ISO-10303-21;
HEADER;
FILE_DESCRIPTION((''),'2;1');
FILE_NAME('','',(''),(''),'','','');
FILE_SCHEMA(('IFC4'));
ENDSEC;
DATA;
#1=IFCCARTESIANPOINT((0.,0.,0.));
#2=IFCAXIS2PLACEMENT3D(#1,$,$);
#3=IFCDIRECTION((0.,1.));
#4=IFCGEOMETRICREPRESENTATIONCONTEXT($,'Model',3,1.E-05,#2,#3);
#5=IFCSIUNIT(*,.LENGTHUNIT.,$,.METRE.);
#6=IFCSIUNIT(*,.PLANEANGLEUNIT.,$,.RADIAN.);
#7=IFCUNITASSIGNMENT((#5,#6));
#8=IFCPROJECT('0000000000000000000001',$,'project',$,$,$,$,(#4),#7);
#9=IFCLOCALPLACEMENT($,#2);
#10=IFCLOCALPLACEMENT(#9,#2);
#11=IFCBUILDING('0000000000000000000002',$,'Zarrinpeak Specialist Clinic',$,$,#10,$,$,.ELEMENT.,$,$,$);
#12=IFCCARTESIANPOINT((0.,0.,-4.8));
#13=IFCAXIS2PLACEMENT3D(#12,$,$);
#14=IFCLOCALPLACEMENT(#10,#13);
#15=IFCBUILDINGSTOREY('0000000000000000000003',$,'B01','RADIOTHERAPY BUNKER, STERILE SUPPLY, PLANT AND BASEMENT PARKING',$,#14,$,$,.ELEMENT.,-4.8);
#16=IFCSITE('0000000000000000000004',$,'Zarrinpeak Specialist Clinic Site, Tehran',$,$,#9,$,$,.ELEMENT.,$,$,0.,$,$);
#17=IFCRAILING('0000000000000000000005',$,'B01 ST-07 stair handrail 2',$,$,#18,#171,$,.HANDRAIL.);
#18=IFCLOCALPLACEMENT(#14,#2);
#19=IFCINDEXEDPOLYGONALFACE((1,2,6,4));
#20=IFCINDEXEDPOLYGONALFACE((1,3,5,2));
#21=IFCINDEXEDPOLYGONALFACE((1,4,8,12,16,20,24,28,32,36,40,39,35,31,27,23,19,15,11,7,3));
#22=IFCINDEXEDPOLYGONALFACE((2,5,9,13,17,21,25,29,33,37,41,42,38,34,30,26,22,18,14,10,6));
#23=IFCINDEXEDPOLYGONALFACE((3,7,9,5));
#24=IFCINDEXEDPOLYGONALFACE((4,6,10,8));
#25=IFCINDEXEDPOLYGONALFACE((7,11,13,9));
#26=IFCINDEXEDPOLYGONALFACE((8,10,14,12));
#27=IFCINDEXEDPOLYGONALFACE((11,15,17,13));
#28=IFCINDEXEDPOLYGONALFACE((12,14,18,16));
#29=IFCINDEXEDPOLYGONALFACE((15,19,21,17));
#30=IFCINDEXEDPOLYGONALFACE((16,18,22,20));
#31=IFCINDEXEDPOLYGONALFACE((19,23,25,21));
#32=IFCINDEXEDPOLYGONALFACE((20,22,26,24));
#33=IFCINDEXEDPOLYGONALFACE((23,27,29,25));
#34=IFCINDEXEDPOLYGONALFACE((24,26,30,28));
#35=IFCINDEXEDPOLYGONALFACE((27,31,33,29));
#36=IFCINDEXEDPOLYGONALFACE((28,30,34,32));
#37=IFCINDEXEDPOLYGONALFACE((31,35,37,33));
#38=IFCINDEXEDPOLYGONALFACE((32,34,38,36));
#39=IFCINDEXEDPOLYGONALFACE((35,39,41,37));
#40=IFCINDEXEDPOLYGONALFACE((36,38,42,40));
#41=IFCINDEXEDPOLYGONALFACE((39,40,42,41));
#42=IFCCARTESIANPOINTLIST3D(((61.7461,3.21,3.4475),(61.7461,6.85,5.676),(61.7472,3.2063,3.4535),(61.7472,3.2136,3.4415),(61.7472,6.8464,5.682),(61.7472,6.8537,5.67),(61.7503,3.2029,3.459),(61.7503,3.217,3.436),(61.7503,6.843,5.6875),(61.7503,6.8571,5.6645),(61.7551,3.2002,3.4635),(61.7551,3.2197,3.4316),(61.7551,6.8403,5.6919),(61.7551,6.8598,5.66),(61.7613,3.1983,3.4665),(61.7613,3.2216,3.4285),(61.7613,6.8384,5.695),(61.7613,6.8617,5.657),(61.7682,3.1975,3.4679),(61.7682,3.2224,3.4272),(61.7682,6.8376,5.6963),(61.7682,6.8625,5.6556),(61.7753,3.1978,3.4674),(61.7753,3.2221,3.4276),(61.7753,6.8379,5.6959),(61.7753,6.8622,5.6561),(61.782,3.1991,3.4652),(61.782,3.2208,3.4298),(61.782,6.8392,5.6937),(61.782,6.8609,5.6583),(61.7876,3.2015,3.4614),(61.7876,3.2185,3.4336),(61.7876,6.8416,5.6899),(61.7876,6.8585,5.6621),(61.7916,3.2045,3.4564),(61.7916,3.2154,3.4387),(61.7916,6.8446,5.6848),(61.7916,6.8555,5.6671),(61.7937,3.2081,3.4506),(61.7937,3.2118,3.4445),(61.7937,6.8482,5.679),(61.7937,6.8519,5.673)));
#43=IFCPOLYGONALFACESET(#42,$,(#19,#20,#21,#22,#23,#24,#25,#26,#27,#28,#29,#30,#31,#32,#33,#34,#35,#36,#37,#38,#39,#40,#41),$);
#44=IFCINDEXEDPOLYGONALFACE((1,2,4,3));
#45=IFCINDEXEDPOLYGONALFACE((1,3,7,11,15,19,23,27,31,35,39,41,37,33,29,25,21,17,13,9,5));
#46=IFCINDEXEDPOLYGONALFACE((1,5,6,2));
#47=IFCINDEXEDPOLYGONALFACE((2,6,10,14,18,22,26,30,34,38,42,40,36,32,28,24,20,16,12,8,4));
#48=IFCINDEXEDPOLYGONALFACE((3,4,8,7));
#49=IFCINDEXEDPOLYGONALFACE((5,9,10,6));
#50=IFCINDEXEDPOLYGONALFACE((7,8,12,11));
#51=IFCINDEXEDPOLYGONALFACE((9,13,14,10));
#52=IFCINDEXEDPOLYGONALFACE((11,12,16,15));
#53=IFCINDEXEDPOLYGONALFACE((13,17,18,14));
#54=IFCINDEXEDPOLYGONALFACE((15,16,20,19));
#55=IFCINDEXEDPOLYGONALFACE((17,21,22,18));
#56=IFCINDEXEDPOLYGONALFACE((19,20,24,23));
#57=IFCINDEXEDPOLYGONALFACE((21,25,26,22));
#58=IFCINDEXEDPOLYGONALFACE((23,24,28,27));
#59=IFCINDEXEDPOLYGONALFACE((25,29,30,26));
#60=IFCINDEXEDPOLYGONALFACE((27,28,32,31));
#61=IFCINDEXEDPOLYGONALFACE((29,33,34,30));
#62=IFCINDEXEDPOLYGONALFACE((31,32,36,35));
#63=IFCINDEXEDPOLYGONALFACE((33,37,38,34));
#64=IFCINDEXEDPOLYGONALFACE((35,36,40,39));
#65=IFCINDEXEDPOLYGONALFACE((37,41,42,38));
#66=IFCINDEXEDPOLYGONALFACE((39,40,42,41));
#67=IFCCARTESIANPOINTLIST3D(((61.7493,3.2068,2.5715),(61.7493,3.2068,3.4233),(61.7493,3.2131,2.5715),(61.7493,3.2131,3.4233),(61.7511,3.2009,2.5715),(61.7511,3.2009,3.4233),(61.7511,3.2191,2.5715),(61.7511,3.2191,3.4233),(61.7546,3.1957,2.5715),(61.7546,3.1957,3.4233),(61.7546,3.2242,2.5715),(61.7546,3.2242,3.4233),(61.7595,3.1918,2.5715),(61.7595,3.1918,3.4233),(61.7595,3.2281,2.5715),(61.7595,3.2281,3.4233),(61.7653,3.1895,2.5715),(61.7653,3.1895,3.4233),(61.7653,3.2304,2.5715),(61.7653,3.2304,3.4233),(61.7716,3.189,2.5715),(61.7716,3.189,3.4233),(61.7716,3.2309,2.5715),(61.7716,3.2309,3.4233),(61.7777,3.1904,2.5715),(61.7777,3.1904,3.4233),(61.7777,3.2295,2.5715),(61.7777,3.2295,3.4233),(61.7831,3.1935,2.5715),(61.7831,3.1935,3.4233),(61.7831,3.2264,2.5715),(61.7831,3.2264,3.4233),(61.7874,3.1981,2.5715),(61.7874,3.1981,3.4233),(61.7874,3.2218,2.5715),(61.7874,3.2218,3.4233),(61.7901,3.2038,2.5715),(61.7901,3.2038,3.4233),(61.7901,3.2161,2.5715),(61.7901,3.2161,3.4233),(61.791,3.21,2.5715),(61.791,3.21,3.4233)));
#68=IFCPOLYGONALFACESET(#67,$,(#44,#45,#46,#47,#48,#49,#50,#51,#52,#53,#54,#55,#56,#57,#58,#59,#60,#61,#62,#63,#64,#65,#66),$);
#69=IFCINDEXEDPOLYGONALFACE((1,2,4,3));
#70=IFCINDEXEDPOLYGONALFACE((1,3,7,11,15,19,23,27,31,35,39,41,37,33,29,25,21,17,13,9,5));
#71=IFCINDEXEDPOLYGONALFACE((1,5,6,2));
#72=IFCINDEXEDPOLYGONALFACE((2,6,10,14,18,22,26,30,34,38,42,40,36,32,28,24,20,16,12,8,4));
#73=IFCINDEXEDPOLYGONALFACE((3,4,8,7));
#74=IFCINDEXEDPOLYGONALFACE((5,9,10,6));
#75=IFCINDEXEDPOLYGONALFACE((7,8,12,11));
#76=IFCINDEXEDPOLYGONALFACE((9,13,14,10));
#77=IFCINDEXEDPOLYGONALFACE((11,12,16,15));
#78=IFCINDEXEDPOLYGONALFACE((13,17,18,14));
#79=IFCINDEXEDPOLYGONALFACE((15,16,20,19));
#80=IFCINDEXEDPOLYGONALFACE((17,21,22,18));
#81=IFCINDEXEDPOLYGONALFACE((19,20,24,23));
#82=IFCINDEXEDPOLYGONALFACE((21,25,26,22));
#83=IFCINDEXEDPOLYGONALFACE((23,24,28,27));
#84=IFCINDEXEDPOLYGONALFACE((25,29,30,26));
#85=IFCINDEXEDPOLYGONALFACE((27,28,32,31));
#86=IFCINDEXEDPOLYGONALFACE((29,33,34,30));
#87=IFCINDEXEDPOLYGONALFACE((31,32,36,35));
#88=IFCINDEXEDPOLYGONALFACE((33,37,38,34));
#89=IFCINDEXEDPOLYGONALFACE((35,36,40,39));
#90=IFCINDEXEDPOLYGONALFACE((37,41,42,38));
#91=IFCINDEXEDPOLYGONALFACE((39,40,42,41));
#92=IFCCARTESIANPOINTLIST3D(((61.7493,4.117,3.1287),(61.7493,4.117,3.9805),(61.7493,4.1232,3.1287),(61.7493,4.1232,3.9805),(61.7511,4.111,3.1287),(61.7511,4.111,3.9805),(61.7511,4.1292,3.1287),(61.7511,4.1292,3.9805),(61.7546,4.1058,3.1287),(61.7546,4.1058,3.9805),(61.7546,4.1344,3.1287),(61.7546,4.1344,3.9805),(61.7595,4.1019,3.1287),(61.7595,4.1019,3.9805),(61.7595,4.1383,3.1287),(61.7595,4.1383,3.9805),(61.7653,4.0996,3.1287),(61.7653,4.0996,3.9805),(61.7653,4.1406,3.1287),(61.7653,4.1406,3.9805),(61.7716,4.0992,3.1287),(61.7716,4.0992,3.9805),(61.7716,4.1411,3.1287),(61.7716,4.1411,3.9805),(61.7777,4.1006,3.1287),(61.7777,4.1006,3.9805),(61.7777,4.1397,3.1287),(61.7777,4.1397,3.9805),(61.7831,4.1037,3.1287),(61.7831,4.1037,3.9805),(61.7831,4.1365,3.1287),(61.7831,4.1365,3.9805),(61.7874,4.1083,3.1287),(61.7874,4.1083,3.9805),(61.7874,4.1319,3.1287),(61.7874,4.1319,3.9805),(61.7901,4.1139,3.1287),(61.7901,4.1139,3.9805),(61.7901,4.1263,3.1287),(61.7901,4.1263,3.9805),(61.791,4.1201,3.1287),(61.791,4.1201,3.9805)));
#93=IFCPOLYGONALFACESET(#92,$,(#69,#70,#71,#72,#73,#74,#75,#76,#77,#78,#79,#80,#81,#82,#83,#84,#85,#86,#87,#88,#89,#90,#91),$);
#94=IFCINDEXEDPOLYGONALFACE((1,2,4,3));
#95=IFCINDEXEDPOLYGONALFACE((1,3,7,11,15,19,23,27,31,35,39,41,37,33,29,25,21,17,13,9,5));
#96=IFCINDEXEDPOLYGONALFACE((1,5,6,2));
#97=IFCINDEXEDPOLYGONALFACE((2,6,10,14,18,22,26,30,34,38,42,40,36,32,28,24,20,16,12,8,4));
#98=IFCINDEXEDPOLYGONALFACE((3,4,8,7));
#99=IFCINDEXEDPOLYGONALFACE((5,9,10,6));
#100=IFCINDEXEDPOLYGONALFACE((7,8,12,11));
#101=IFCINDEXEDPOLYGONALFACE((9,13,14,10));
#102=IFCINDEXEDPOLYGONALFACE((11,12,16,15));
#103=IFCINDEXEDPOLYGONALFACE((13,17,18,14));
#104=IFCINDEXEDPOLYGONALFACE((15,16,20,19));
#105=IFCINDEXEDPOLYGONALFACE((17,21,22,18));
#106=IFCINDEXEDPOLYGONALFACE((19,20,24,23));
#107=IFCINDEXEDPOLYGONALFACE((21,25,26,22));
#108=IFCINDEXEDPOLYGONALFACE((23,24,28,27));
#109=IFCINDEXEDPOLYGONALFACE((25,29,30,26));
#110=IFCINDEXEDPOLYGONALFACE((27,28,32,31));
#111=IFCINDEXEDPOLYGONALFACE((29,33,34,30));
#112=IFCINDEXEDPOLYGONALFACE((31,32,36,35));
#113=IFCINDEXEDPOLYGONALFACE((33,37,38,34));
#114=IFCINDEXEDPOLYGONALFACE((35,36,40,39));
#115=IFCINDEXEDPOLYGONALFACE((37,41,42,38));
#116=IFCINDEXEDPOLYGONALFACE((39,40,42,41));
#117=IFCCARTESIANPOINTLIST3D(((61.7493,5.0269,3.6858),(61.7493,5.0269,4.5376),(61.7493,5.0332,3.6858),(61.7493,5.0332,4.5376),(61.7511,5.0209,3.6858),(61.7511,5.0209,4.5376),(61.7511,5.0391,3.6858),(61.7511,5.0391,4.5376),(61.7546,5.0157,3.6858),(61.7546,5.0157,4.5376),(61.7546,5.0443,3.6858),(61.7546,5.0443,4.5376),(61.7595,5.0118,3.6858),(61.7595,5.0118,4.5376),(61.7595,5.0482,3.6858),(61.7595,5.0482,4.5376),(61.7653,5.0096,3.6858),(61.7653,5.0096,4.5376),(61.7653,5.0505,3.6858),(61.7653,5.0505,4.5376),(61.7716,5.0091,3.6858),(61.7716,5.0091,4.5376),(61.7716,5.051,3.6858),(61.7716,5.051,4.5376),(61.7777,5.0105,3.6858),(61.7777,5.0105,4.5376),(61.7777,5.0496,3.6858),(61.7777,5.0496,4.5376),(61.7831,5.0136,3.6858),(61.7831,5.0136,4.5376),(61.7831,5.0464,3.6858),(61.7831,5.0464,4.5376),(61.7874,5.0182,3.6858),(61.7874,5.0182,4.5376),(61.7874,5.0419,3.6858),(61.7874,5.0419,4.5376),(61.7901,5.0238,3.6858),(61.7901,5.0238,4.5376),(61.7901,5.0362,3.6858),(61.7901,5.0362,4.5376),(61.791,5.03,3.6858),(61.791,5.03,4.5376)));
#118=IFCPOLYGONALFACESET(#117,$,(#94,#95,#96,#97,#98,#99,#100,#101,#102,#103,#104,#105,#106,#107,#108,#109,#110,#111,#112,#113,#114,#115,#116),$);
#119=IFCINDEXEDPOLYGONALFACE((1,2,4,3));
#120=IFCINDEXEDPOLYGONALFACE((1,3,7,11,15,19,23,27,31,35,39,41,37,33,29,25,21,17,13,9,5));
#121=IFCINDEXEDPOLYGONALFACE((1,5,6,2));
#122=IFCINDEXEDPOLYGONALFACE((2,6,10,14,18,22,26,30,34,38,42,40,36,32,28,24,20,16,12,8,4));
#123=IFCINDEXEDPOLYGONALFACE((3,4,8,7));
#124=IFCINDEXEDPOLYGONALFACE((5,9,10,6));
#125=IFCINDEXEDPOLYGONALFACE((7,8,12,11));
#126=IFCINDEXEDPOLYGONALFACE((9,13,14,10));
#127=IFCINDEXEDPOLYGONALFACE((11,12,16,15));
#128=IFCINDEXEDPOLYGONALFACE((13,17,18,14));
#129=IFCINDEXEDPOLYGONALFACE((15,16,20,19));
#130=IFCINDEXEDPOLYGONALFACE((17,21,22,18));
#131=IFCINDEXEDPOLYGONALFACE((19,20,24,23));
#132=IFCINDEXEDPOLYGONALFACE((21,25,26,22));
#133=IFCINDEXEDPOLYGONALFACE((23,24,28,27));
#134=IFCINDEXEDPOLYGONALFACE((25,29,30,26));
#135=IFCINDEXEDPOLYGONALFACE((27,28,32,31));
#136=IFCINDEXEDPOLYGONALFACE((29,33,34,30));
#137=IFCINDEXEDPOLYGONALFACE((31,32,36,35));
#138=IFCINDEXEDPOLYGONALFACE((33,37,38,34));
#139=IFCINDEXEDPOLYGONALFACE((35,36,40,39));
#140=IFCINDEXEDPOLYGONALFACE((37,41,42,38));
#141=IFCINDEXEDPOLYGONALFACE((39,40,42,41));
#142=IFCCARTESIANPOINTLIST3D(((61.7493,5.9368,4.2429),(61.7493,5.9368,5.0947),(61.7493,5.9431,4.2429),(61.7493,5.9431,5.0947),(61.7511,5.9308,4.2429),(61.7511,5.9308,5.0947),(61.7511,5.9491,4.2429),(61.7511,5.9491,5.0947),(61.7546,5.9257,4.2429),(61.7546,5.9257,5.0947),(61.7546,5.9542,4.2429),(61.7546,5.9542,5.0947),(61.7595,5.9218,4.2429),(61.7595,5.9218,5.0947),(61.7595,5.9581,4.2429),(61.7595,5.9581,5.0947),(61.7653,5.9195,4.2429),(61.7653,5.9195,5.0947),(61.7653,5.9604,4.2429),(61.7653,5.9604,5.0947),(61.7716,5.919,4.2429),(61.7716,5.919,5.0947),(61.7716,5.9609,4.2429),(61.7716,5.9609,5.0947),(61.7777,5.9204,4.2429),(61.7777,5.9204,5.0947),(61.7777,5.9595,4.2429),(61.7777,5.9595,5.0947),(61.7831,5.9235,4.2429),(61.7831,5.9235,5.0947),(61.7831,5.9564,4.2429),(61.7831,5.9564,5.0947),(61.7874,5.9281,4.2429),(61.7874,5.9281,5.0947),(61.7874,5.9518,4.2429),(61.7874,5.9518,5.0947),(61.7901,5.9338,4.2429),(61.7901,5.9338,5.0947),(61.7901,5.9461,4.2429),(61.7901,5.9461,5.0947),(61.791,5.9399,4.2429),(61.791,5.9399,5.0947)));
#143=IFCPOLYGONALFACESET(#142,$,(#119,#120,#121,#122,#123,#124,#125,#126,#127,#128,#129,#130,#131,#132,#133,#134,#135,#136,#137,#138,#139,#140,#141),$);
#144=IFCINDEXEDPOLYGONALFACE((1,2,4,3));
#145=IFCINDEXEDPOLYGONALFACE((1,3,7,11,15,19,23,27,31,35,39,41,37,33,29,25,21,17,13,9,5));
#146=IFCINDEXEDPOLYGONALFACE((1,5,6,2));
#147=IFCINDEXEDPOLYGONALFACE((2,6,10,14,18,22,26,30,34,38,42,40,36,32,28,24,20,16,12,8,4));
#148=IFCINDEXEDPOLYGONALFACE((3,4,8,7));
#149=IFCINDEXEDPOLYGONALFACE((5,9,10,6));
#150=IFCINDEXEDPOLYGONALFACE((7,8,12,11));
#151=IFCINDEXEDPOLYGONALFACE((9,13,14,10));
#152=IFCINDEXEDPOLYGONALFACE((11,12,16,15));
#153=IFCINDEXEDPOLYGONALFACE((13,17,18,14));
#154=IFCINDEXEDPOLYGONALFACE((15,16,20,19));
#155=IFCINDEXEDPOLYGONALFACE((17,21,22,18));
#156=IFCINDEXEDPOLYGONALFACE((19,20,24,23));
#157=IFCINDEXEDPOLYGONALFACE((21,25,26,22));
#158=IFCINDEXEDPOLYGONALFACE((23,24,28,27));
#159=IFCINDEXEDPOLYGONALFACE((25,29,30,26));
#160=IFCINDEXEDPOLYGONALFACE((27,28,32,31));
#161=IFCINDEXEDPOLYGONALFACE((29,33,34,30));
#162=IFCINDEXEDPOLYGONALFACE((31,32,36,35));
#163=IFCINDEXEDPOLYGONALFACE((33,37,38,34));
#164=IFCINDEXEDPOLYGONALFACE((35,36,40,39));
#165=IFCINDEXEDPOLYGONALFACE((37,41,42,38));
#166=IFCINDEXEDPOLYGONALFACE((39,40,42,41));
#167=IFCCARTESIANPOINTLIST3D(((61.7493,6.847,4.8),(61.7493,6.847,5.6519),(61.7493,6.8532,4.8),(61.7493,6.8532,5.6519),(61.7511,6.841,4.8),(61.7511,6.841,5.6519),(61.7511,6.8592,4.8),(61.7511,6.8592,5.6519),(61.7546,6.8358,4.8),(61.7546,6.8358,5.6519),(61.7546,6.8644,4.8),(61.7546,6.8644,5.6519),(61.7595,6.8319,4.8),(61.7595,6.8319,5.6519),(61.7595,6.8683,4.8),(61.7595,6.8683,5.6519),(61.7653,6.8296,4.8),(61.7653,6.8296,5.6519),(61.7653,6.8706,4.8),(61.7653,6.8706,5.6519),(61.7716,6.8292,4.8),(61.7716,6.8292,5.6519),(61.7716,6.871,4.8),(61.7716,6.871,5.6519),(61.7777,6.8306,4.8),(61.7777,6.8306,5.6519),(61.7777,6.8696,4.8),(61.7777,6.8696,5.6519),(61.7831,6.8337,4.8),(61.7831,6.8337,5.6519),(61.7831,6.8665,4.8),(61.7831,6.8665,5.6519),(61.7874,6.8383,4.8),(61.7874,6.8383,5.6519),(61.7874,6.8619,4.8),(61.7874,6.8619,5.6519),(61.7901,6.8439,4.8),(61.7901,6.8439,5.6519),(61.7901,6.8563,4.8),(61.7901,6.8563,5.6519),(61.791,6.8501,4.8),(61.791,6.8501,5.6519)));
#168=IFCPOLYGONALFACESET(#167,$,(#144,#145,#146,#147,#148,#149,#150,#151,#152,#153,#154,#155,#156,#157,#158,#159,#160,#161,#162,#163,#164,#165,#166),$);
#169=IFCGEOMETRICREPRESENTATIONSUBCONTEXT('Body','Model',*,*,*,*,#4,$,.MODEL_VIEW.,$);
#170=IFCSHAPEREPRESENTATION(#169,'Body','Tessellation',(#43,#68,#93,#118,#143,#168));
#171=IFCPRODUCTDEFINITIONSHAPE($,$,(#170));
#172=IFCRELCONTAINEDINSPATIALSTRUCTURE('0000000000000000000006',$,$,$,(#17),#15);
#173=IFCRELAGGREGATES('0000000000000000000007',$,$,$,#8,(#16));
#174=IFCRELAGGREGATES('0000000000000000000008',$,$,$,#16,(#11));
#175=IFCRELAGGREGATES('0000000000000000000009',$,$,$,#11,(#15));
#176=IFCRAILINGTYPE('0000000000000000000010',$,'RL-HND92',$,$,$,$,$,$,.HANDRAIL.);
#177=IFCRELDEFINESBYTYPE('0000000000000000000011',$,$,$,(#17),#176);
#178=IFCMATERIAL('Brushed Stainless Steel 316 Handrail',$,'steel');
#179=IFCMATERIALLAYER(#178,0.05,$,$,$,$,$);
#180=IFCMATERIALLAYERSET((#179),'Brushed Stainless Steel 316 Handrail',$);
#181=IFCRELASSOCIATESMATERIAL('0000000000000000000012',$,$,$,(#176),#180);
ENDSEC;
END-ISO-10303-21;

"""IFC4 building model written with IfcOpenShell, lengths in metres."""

from ifc_helpers import new_model, si_unit, direction, frame, origin, origin_2d, place, context, subcontext, project, spatial, circle, extrude, material, layer, layer_set, type_object, element, save


model = new_model("IFC4")

# Units and contexts
model_context = context("Model", 3, precision=1e-05, world=origin(), true_north=direction((0.0, 1.0)))
body_context = subcontext(model_context, "Body", "Model", "MODEL_VIEW")
ifc_project = project(units=[si_unit("LENGTHUNIT", "METRE"), si_unit("PLANEANGLEUNIT", "RADIAN")], contexts=[model_context])

# Site, building, storey
site_placement = place(None, origin())
site = spatial("IfcSite", under=ifc_project, at=site_placement, Name="Zarrinpeak Specialist Clinic Site, Tehran", CompositionType="ELEMENT", RefElevation=0.0)
building_placement = place(site_placement, origin())
building = spatial("IfcBuilding", under=site, at=building_placement, Name="Zarrinpeak Specialist Clinic", CompositionType="ELEMENT")
storey_placement = place(building_placement, frame((0.0, 0.0, -4.8)))
storey = spatial("IfcBuildingStorey", under=building, at=storey_placement, Name="B01", Description="RADIOTHERAPY BUNKER, STERILE SUPPLY, PLANT AND BASEMENT PARKING", CompositionType="ELEMENT", Elevation=-4.8)

# Railing
ifc_material_1 = material(Name="Brushed Stainless Steel 316 Handrail", Category="steel")
ifc_layer_1 = layer(ifc_material_1, 0.05)
ifc_layer_set_1 = layer_set([ifc_layer_1], Name="Brushed Stainless Steel 316 Handrail")
railing_type_1 = type_object("IfcRailingType", Name="RL-HND92", PredefinedType="HANDRAIL", material=ifc_layer_set_1)
for number, where, name in (
    (1, (61.77, 3.21, 2.5715), "B01 ST-07 stair handrail 2"),
):
    element("IfcRailing", number, at=place(storey_placement, frame(where)), inside=storey, type_object=railing_type_1, Name=name, PredefinedType="HANDRAIL", context=body_context, shape_type="SweptSolid", body=[
        extrude(circle(Radius=0.0239, at=origin_2d()), frame((0.0, 0.0, 0.876), z_axis=(0.0, 0.852866, 0.52213), x_axis=(-1.0, 0.0, 0.0)), (0.0, 0.0, 1.0), 4.2681),
        extrude(circle(Radius=0.021, at=origin_2d()), origin(), (0.0, 0.0, 1.0), 0.8518),
        extrude(circle(Radius=0.021, at=origin_2d()), frame((0.0, 0.9102, 0.5571)), (0.0, 0.0, 1.0), 0.8518),
        extrude(circle(Radius=0.021, at=origin_2d()), frame((0.0, 1.8201, 1.1143)), (0.0, 0.0, 1.0), 0.8518),
        extrude(circle(Radius=0.021, at=origin_2d()), frame((0.0, 2.73, 1.6714)), (0.0, 0.0, 1.0), 0.8518),
        extrude(circle(Radius=0.021, at=origin_2d()), frame((0.0, 3.6401, 2.2285)), (0.0, 0.0, 1.0), 0.8518),
    ])

save(model, "model.ifc")
